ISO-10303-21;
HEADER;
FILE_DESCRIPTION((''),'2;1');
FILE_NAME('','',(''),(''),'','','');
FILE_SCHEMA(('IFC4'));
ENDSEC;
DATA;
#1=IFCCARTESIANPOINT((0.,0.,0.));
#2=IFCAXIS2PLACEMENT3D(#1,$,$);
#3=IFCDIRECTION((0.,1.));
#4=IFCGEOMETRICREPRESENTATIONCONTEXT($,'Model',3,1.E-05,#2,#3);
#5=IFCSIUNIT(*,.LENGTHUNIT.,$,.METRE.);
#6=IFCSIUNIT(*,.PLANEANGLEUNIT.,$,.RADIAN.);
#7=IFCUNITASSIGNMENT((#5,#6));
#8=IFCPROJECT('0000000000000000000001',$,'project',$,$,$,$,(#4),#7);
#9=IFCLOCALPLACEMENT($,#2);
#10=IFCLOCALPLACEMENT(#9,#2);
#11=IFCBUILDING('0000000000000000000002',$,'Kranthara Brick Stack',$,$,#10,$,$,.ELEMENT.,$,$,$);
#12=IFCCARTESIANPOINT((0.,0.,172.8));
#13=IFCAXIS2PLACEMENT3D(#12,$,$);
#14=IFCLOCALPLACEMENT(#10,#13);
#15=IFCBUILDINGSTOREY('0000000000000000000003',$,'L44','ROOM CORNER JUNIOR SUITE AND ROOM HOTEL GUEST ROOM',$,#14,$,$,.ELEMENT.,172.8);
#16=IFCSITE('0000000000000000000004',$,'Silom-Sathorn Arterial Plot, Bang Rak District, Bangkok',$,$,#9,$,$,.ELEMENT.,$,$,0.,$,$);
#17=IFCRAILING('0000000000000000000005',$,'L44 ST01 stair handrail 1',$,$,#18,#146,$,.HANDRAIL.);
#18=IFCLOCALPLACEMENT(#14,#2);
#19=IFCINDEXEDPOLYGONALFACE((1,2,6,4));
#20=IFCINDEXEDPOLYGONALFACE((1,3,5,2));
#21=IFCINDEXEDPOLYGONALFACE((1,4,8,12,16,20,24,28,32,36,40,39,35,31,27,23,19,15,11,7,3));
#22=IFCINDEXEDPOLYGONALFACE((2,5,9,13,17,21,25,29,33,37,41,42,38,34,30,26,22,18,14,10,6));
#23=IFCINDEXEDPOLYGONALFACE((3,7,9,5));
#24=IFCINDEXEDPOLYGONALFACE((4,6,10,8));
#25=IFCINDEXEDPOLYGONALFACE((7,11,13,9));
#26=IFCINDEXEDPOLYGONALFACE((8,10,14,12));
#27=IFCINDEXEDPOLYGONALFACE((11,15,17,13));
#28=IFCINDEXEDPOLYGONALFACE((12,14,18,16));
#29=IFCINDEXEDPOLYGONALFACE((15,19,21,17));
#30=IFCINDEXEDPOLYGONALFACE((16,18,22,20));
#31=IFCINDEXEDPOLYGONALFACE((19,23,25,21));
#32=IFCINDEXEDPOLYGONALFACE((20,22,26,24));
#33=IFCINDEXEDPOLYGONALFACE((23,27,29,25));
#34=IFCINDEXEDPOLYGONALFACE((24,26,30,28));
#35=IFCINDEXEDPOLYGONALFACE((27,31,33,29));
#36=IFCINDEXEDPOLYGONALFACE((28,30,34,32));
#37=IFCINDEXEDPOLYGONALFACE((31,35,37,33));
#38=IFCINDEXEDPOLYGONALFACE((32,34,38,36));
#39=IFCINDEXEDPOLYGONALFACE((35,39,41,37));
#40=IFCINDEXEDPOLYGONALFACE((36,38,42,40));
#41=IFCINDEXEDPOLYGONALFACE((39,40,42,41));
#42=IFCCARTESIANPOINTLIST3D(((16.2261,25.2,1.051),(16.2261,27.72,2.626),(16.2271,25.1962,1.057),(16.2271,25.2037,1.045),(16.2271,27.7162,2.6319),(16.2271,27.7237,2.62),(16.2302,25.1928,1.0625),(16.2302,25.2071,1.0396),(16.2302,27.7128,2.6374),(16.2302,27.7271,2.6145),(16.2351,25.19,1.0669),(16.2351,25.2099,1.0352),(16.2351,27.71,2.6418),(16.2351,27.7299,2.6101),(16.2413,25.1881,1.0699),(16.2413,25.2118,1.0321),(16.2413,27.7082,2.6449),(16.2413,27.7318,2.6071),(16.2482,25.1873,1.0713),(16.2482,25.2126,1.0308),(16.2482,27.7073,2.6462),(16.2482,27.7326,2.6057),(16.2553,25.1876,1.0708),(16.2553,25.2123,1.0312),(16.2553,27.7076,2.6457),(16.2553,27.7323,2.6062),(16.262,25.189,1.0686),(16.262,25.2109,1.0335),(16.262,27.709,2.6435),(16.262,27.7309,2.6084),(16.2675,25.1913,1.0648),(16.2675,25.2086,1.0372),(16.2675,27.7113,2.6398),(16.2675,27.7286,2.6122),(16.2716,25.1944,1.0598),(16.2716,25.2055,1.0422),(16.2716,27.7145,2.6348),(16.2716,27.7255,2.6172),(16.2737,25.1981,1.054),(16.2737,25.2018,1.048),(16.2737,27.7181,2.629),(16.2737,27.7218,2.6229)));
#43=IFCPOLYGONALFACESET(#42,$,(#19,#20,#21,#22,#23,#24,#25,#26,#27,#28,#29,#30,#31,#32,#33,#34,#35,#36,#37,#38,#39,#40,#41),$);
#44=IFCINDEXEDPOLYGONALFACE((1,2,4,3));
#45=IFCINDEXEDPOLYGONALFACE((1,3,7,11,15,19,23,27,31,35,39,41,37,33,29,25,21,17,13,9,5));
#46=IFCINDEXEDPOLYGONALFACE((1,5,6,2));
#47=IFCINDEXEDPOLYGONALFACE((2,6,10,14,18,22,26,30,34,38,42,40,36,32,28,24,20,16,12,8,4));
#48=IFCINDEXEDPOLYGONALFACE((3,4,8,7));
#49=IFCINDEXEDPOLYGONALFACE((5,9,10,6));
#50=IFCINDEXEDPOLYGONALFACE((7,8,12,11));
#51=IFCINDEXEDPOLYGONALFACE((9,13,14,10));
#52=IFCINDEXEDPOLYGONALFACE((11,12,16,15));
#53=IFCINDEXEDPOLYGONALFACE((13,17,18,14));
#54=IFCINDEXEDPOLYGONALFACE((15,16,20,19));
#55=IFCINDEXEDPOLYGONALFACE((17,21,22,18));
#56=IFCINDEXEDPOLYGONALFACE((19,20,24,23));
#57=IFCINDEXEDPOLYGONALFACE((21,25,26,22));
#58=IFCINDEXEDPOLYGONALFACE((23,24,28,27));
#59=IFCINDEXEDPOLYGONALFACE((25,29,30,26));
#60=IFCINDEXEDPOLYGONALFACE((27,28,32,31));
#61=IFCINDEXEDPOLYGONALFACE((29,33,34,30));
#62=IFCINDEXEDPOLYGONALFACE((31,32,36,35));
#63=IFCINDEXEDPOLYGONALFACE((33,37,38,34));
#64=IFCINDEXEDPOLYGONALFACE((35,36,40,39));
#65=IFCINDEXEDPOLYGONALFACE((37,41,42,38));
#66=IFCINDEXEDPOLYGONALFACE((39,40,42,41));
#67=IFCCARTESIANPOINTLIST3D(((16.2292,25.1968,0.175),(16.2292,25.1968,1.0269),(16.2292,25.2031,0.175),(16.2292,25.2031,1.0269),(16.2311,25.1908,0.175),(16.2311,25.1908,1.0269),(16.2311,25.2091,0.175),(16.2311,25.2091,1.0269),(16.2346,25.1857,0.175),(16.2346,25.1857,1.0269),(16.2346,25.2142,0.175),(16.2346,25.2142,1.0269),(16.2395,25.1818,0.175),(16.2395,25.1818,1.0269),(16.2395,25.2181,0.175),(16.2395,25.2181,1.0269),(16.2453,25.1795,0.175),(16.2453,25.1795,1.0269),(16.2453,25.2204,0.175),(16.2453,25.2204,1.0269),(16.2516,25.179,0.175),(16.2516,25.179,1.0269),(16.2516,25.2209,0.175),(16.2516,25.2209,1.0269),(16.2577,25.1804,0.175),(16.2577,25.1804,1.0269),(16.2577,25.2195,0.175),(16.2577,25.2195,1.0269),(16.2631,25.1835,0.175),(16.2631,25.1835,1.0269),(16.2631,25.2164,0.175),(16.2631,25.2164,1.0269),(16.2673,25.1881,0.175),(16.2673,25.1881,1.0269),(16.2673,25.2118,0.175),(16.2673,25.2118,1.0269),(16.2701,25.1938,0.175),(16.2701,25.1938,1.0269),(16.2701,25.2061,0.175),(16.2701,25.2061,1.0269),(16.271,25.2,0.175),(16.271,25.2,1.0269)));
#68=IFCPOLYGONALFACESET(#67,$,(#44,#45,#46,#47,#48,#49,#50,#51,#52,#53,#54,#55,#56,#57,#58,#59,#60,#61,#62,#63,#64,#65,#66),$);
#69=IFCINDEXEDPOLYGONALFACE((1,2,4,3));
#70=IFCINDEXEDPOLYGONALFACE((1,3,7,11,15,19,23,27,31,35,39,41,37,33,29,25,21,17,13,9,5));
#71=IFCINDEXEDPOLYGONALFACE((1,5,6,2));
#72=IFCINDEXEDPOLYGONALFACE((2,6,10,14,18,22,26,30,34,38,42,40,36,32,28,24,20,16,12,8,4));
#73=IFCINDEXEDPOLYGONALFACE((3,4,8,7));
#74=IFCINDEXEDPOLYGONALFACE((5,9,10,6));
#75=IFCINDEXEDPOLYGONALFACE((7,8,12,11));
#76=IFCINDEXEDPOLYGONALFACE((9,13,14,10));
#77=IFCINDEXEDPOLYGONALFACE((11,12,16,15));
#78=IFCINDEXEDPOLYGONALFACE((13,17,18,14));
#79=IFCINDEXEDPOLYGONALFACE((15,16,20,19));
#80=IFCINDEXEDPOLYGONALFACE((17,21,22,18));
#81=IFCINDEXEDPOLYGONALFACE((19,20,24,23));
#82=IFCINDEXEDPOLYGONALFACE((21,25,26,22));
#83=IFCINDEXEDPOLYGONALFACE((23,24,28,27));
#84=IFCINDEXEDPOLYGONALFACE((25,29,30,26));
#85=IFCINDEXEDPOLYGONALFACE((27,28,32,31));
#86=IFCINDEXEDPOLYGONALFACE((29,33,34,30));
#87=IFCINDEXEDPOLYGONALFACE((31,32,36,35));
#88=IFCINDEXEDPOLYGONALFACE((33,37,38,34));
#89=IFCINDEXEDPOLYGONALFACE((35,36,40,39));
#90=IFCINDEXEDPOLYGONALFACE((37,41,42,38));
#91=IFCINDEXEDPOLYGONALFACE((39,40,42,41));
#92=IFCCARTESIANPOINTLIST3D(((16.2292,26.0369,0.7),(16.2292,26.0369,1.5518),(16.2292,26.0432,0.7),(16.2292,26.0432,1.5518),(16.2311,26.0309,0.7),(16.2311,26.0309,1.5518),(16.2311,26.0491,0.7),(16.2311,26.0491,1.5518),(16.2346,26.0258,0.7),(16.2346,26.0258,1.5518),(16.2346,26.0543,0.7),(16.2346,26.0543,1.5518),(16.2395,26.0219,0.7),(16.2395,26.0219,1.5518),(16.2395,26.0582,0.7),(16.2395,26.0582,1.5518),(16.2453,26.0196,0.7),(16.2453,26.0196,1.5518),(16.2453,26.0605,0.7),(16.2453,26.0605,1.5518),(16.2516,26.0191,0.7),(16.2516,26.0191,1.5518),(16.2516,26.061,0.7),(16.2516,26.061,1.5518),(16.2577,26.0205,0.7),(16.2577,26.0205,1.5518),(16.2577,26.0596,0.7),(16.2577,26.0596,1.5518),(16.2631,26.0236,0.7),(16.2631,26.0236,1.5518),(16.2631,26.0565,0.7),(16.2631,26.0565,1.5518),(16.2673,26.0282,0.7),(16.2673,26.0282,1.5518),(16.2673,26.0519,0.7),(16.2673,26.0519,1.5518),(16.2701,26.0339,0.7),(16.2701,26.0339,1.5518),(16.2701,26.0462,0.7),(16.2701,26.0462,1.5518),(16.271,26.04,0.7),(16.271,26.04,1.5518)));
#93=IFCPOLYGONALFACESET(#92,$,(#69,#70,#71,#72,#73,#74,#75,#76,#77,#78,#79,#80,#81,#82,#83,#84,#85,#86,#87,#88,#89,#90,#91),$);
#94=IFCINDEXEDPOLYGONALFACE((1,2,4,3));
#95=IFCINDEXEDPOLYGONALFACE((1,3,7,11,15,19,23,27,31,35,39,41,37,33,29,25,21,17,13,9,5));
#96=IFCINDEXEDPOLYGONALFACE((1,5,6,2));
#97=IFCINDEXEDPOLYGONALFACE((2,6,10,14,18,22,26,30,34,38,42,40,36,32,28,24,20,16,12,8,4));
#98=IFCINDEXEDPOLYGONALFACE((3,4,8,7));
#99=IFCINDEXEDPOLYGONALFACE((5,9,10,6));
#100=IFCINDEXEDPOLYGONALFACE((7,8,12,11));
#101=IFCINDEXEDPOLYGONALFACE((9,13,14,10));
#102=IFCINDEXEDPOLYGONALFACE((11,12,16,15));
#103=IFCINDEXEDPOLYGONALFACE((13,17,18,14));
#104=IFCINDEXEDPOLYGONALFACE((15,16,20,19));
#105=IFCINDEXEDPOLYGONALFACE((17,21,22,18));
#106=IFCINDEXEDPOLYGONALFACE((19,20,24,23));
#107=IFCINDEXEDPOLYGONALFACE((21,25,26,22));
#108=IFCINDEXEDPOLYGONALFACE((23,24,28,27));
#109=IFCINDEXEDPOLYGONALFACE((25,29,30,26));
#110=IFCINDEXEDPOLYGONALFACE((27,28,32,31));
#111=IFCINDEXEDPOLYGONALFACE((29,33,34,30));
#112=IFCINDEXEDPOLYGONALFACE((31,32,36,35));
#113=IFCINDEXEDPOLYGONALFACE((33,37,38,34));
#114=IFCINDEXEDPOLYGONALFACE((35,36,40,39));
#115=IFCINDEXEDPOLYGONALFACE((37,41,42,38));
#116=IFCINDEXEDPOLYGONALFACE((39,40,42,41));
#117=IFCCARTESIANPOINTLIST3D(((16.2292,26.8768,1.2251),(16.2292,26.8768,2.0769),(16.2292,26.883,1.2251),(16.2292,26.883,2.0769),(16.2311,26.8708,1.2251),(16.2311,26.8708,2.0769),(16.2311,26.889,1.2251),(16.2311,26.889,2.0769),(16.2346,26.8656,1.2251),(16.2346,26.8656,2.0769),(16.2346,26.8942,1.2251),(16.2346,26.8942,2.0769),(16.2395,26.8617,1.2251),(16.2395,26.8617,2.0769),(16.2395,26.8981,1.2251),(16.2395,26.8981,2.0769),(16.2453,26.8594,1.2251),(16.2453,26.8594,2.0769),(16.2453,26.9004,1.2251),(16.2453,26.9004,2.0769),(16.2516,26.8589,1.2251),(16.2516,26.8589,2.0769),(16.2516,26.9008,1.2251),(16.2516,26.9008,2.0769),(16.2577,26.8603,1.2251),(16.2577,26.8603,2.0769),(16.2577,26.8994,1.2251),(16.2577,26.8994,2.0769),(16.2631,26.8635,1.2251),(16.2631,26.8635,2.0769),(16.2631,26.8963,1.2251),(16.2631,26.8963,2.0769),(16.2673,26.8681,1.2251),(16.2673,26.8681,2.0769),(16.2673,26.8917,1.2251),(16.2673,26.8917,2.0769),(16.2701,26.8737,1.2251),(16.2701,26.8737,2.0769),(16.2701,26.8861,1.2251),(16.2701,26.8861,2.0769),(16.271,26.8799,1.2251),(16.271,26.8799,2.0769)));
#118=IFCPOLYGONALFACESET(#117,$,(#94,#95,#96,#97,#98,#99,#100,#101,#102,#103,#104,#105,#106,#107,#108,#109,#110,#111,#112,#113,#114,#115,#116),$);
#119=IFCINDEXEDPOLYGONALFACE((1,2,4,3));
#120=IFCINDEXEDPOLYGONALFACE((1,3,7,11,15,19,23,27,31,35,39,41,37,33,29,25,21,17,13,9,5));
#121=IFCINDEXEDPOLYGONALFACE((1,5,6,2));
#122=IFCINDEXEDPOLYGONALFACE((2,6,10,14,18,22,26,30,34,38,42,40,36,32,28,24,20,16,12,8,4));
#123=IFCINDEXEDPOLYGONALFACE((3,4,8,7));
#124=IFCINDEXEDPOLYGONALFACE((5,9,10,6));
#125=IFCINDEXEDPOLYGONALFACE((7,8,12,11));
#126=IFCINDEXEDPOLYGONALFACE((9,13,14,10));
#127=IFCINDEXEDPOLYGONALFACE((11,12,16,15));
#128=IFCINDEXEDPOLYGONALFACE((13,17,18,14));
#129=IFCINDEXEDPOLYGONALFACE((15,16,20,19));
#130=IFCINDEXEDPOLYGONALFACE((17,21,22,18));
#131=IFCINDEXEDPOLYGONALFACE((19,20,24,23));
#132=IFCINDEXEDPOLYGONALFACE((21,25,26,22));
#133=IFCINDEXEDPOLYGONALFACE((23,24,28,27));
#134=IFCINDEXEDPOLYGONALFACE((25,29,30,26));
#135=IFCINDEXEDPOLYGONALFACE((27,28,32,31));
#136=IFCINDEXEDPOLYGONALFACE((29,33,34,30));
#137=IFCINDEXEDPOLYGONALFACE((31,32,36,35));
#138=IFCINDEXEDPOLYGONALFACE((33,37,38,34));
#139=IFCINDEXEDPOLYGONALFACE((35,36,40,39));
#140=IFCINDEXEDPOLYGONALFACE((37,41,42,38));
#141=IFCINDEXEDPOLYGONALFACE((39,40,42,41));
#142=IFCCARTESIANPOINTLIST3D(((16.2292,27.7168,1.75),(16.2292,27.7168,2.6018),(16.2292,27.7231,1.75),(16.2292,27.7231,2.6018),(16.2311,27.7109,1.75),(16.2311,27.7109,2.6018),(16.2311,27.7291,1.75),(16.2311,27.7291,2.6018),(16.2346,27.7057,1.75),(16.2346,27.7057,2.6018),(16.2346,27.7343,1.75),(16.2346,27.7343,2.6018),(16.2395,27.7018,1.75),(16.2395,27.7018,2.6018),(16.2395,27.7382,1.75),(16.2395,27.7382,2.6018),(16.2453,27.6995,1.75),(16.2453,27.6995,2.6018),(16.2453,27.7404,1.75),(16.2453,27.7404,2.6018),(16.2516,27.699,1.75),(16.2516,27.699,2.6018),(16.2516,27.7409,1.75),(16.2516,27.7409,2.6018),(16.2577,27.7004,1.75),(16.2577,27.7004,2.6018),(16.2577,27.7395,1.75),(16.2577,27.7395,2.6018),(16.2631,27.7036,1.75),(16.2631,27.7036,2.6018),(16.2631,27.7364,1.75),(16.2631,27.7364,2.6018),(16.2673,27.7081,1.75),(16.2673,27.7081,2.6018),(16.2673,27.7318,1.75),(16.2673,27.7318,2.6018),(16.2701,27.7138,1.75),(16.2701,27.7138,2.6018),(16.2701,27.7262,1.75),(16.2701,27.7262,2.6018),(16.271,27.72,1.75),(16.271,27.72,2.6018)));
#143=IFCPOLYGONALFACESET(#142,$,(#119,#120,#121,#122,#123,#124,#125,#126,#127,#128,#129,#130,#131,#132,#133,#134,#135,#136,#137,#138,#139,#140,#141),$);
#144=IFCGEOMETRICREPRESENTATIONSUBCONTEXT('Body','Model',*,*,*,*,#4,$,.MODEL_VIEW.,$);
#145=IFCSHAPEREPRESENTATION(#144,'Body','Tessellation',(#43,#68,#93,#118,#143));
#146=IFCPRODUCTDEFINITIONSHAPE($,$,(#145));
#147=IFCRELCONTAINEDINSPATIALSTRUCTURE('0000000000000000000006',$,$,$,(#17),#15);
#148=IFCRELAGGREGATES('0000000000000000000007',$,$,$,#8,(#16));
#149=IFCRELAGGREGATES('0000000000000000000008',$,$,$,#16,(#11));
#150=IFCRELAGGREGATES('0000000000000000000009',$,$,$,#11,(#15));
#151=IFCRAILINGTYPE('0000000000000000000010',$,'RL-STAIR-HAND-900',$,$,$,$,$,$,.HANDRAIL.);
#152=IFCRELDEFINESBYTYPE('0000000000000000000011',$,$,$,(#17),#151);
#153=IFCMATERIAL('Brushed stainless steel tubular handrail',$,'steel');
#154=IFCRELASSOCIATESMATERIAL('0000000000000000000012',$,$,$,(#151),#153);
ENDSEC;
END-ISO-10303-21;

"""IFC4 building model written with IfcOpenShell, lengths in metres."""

from ifc_helpers import new_model, si_unit, direction, frame, origin, origin_2d, place, context, subcontext, project, spatial, circle, extrude, material, type_object, element, save


model = new_model("IFC4")

# Units and contexts
model_context = context("Model", 3, precision=1e-05, world=origin(), true_north=direction((0.0, 1.0)))
body_context = subcontext(model_context, "Body", "Model", "MODEL_VIEW")
ifc_project = project(units=[si_unit("LENGTHUNIT", "METRE"), si_unit("PLANEANGLEUNIT", "RADIAN")], contexts=[model_context])

# Site, building, storey
site_placement = place(None, origin())
site = spatial("IfcSite", under=ifc_project, at=site_placement, Name="Silom-Sathorn Arterial Plot, Bang Rak District, Bangkok", CompositionType="ELEMENT", RefElevation=0.0)
building_placement = place(site_placement, origin())
building = spatial("IfcBuilding", under=site, at=building_placement, Name="Kranthara Brick Stack", CompositionType="ELEMENT")
storey_placement = place(building_placement, frame((0.0, 0.0, 172.8)))
storey = spatial("IfcBuildingStorey", under=building, at=storey_placement, Name="L44", Description="ROOM CORNER JUNIOR SUITE AND ROOM HOTEL GUEST ROOM", CompositionType="ELEMENT", Elevation=172.8)

# Railing
ifc_material_1 = material(Name="Brushed stainless steel tubular handrail", Category="steel")
railing_type_1 = type_object("IfcRailingType", Name="RL-STAIR-HAND-900", PredefinedType="HANDRAIL", material=ifc_material_1)
railing_1_placement = place(storey_placement, frame((16.25, 25.2, 0.175)))
element("IfcRailing", 1, at=railing_1_placement, inside=storey, type_object=railing_type_1, Name="L44 ST01 stair handrail 1", PredefinedType="HANDRAIL", context=body_context, shape_type="SweptSolid", body=[
    extrude(circle(Radius=0.0239, at=origin_2d()), frame((0.0, 0.0, 0.876), z_axis=(0.0, 0.848008, 0.529984), x_axis=(-1.0, 0.0, 0.0)), (0.0, 0.0, 1.0), 2.9717),
    extrude(circle(Radius=0.021, at=origin_2d()), origin(), (0.0, 0.0, 1.0), 0.8518),
    extrude(circle(Radius=0.021, at=origin_2d()), frame((0.0, 0.8401, 0.5249)), (0.0, 0.0, 1.0), 0.8518),
    extrude(circle(Radius=0.021, at=origin_2d()), frame((0.0, 1.6799, 1.05)), (0.0, 0.0, 1.0), 0.8518),
    extrude(circle(Radius=0.021, at=origin_2d()), frame((0.0, 2.52, 1.575)), (0.0, 0.0, 1.0), 0.8518),
])

save(model, "model.ifc")
